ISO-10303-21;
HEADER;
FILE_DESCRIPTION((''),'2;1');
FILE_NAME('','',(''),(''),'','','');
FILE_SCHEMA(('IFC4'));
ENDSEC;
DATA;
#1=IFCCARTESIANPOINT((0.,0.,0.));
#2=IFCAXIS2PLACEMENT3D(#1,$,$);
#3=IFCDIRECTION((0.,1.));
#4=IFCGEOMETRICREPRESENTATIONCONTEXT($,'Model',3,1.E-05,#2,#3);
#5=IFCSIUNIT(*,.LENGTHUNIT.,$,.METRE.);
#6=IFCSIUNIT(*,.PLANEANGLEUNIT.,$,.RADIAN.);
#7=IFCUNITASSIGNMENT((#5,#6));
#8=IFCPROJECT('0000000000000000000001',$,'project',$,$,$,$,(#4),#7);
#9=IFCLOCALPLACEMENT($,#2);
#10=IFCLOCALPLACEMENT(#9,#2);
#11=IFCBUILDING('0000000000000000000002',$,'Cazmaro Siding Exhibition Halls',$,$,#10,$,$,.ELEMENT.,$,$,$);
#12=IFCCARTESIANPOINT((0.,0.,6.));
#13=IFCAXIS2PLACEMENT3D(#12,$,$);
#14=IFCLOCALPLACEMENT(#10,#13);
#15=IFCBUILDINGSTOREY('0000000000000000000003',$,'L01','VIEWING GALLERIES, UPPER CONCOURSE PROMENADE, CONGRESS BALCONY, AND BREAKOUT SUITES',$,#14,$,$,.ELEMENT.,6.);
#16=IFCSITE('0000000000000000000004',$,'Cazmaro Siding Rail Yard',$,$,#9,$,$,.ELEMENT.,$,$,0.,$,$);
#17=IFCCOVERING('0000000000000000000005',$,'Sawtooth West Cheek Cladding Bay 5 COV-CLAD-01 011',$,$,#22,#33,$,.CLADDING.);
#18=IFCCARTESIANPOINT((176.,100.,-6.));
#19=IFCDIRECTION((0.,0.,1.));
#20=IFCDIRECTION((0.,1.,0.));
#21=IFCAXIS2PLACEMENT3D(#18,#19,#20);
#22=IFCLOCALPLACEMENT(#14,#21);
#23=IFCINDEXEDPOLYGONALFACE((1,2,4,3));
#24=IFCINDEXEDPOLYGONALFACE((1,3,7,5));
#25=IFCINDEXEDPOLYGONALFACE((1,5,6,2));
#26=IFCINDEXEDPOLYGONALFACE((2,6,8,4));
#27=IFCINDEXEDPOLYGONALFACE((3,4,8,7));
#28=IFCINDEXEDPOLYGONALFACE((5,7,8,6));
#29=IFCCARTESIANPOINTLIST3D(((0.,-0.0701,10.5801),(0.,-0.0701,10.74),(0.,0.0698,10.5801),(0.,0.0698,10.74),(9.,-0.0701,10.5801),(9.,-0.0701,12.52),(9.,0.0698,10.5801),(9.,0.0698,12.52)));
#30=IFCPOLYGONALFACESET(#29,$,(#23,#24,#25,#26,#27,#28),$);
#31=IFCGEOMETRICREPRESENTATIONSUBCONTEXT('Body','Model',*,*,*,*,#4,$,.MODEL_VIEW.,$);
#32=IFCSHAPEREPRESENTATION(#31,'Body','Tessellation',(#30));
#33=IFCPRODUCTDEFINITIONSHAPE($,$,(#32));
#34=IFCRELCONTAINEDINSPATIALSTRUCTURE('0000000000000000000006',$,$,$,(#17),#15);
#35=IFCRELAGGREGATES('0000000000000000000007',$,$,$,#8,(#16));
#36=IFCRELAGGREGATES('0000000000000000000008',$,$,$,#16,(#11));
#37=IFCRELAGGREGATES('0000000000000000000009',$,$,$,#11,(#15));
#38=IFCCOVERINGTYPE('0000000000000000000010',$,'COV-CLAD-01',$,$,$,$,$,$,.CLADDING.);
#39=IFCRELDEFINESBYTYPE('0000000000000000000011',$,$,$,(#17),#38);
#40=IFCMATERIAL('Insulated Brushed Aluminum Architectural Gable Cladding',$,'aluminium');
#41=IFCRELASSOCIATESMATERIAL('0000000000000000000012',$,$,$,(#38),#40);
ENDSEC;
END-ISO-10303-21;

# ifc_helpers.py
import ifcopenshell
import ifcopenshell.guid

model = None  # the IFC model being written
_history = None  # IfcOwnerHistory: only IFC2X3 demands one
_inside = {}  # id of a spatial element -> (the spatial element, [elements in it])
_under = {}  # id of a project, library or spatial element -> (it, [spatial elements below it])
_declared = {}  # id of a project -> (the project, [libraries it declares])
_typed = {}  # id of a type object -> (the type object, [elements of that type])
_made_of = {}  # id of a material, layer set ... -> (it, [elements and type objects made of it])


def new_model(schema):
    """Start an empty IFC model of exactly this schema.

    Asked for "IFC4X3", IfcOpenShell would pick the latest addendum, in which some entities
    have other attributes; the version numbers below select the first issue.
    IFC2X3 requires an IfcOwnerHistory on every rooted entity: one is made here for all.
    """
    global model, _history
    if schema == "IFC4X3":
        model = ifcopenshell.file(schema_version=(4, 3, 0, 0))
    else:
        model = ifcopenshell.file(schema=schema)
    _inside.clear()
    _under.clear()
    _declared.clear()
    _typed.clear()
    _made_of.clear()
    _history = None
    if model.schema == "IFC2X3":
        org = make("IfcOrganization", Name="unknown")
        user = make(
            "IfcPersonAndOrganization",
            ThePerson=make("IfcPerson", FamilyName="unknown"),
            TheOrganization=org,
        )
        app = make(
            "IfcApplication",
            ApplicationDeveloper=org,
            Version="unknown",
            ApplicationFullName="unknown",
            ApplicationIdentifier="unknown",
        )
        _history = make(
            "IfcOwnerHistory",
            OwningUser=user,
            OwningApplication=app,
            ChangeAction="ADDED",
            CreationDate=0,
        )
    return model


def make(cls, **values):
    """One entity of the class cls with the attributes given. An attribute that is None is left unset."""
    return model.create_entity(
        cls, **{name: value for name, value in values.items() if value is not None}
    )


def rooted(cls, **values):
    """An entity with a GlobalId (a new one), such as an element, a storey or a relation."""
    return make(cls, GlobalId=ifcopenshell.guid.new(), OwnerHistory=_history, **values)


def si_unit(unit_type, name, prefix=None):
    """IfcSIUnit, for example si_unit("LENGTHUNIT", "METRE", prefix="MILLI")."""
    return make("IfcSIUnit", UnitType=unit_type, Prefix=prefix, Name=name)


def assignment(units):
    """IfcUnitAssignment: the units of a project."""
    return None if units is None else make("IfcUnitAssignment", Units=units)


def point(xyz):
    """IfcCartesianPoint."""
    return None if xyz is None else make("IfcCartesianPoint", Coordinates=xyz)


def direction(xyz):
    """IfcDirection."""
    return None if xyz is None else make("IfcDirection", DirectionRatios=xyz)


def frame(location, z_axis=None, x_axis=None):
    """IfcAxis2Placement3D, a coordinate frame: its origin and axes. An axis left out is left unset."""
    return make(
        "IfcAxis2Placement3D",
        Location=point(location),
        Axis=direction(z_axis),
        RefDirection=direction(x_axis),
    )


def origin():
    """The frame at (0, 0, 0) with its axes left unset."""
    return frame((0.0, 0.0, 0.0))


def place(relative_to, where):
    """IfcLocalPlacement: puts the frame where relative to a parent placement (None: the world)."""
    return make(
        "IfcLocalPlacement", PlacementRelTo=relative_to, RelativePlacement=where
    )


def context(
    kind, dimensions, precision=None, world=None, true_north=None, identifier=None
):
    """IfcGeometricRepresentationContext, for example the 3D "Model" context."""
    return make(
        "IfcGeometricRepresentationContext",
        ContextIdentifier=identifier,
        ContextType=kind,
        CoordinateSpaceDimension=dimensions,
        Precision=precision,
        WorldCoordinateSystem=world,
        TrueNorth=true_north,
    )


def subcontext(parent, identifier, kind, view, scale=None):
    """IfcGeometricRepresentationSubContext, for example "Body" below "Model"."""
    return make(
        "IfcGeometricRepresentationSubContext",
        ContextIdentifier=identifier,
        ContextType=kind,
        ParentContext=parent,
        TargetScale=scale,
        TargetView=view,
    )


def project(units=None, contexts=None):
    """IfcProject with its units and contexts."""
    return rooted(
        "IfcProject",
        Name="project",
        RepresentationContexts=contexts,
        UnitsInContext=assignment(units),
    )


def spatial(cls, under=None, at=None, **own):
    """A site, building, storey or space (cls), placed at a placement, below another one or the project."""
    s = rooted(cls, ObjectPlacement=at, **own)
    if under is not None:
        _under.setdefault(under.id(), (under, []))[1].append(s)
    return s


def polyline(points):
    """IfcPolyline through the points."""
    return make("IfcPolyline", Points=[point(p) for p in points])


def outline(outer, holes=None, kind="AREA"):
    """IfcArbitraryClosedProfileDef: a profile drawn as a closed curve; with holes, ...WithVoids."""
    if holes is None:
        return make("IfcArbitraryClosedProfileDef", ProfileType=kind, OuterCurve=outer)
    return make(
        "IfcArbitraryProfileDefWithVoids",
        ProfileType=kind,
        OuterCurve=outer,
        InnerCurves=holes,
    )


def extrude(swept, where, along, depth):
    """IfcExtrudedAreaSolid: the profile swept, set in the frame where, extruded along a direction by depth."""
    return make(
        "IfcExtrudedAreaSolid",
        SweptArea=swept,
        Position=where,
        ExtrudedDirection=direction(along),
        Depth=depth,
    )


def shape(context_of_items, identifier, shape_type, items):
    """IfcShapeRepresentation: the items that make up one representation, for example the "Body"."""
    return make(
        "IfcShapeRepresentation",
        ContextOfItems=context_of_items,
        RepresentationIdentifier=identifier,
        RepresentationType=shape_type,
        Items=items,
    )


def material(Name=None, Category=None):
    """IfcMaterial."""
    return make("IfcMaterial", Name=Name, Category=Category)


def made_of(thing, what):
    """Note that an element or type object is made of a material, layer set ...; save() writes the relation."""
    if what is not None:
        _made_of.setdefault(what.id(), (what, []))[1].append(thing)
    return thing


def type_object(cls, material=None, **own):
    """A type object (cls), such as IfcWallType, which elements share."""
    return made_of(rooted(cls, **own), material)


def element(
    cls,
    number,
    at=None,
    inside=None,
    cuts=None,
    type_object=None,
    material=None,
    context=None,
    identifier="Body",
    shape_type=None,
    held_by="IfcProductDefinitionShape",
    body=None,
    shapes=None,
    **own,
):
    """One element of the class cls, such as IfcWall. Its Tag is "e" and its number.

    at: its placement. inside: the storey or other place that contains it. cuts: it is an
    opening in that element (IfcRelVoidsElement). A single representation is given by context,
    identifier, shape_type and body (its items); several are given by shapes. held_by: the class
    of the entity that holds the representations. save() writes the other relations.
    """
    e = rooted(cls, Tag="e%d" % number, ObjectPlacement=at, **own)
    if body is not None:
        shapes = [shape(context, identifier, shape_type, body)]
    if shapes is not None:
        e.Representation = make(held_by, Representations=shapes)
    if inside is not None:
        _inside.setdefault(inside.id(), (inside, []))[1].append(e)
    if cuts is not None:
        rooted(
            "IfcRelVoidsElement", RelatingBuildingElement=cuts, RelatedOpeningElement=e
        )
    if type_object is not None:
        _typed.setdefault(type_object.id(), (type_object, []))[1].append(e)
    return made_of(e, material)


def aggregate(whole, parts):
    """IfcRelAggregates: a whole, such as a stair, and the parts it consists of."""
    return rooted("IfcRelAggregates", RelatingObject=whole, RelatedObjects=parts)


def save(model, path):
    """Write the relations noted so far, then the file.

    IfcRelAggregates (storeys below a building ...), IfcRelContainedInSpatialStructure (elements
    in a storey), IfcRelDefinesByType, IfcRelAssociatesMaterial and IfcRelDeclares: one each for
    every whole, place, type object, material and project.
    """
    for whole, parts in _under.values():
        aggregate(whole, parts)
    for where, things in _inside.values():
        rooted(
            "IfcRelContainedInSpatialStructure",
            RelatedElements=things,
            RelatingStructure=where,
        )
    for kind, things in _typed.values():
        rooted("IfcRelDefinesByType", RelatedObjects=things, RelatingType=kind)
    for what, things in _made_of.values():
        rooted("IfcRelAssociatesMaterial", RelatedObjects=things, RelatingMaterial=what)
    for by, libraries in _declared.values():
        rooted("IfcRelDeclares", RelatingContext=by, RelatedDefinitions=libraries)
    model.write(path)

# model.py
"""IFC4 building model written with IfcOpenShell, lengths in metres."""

from ifc_helpers import new_model, si_unit, direction, frame, origin, place, context, subcontext, project, spatial, polyline, outline, extrude, material, type_object, element, save


model = new_model("IFC4")

# Units and contexts
model_context = context("Model", 3, precision=1e-05, world=origin(), true_north=direction((0.0, 1.0)))
body_context = subcontext(model_context, "Body", "Model", "MODEL_VIEW")
ifc_project = project(units=[si_unit("LENGTHUNIT", "METRE"), si_unit("PLANEANGLEUNIT", "RADIAN")], contexts=[model_context])

# Site, building, storey
site_placement = place(None, origin())
site = spatial("IfcSite", under=ifc_project, at=site_placement, Name="Cazmaro Siding Rail Yard", CompositionType="ELEMENT", RefElevation=0.0)
building_placement = place(site_placement, origin())
building = spatial("IfcBuilding", under=site, at=building_placement, Name="Cazmaro Siding Exhibition Halls", CompositionType="ELEMENT")
storey_placement = place(building_placement, frame((0.0, 0.0, 6.0)))
storey = spatial("IfcBuildingStorey", under=building, at=storey_placement, Name="L01", Description="VIEWING GALLERIES, UPPER CONCOURSE PROMENADE, CONGRESS BALCONY, AND BREAKOUT SUITES", CompositionType="ELEMENT", Elevation=6.0)

# Covering
ifc_material_1 = material(Name="Insulated Brushed Aluminum Architectural Gable Cladding", Category="aluminium")
covering_type = type_object("IfcCoveringType", Name="COV-CLAD-01", PredefinedType="CLADDING", material=ifc_material_1)
covering_placement = place(storey_placement, frame((176.0, 100.0, -6.0), z_axis=(0.0, 0.0, 1.0), x_axis=(0.0, 1.0, 0.0)))
element("IfcCovering", 1, at=covering_placement, inside=storey, type_object=covering_type, Name="Sawtooth West Cheek Cladding Bay 5 COV-CLAD-01 011", PredefinedType="CLADDING", context=body_context, shape_type="SweptSolid", body=[
    extrude(outline(polyline([(0.0, 10.5801), (9.0, 10.5801), (9.0, 12.52), (0.0, 10.74), (0.0, 10.5801)])), frame((0.0, 0.0698, 0.0), z_axis=(0.0, -1.0, 0.0), x_axis=(1.0, 0.0, 0.0)), (0.0, 0.0, 1.0), 0.1399),
])

save(model, "model.ifc")
